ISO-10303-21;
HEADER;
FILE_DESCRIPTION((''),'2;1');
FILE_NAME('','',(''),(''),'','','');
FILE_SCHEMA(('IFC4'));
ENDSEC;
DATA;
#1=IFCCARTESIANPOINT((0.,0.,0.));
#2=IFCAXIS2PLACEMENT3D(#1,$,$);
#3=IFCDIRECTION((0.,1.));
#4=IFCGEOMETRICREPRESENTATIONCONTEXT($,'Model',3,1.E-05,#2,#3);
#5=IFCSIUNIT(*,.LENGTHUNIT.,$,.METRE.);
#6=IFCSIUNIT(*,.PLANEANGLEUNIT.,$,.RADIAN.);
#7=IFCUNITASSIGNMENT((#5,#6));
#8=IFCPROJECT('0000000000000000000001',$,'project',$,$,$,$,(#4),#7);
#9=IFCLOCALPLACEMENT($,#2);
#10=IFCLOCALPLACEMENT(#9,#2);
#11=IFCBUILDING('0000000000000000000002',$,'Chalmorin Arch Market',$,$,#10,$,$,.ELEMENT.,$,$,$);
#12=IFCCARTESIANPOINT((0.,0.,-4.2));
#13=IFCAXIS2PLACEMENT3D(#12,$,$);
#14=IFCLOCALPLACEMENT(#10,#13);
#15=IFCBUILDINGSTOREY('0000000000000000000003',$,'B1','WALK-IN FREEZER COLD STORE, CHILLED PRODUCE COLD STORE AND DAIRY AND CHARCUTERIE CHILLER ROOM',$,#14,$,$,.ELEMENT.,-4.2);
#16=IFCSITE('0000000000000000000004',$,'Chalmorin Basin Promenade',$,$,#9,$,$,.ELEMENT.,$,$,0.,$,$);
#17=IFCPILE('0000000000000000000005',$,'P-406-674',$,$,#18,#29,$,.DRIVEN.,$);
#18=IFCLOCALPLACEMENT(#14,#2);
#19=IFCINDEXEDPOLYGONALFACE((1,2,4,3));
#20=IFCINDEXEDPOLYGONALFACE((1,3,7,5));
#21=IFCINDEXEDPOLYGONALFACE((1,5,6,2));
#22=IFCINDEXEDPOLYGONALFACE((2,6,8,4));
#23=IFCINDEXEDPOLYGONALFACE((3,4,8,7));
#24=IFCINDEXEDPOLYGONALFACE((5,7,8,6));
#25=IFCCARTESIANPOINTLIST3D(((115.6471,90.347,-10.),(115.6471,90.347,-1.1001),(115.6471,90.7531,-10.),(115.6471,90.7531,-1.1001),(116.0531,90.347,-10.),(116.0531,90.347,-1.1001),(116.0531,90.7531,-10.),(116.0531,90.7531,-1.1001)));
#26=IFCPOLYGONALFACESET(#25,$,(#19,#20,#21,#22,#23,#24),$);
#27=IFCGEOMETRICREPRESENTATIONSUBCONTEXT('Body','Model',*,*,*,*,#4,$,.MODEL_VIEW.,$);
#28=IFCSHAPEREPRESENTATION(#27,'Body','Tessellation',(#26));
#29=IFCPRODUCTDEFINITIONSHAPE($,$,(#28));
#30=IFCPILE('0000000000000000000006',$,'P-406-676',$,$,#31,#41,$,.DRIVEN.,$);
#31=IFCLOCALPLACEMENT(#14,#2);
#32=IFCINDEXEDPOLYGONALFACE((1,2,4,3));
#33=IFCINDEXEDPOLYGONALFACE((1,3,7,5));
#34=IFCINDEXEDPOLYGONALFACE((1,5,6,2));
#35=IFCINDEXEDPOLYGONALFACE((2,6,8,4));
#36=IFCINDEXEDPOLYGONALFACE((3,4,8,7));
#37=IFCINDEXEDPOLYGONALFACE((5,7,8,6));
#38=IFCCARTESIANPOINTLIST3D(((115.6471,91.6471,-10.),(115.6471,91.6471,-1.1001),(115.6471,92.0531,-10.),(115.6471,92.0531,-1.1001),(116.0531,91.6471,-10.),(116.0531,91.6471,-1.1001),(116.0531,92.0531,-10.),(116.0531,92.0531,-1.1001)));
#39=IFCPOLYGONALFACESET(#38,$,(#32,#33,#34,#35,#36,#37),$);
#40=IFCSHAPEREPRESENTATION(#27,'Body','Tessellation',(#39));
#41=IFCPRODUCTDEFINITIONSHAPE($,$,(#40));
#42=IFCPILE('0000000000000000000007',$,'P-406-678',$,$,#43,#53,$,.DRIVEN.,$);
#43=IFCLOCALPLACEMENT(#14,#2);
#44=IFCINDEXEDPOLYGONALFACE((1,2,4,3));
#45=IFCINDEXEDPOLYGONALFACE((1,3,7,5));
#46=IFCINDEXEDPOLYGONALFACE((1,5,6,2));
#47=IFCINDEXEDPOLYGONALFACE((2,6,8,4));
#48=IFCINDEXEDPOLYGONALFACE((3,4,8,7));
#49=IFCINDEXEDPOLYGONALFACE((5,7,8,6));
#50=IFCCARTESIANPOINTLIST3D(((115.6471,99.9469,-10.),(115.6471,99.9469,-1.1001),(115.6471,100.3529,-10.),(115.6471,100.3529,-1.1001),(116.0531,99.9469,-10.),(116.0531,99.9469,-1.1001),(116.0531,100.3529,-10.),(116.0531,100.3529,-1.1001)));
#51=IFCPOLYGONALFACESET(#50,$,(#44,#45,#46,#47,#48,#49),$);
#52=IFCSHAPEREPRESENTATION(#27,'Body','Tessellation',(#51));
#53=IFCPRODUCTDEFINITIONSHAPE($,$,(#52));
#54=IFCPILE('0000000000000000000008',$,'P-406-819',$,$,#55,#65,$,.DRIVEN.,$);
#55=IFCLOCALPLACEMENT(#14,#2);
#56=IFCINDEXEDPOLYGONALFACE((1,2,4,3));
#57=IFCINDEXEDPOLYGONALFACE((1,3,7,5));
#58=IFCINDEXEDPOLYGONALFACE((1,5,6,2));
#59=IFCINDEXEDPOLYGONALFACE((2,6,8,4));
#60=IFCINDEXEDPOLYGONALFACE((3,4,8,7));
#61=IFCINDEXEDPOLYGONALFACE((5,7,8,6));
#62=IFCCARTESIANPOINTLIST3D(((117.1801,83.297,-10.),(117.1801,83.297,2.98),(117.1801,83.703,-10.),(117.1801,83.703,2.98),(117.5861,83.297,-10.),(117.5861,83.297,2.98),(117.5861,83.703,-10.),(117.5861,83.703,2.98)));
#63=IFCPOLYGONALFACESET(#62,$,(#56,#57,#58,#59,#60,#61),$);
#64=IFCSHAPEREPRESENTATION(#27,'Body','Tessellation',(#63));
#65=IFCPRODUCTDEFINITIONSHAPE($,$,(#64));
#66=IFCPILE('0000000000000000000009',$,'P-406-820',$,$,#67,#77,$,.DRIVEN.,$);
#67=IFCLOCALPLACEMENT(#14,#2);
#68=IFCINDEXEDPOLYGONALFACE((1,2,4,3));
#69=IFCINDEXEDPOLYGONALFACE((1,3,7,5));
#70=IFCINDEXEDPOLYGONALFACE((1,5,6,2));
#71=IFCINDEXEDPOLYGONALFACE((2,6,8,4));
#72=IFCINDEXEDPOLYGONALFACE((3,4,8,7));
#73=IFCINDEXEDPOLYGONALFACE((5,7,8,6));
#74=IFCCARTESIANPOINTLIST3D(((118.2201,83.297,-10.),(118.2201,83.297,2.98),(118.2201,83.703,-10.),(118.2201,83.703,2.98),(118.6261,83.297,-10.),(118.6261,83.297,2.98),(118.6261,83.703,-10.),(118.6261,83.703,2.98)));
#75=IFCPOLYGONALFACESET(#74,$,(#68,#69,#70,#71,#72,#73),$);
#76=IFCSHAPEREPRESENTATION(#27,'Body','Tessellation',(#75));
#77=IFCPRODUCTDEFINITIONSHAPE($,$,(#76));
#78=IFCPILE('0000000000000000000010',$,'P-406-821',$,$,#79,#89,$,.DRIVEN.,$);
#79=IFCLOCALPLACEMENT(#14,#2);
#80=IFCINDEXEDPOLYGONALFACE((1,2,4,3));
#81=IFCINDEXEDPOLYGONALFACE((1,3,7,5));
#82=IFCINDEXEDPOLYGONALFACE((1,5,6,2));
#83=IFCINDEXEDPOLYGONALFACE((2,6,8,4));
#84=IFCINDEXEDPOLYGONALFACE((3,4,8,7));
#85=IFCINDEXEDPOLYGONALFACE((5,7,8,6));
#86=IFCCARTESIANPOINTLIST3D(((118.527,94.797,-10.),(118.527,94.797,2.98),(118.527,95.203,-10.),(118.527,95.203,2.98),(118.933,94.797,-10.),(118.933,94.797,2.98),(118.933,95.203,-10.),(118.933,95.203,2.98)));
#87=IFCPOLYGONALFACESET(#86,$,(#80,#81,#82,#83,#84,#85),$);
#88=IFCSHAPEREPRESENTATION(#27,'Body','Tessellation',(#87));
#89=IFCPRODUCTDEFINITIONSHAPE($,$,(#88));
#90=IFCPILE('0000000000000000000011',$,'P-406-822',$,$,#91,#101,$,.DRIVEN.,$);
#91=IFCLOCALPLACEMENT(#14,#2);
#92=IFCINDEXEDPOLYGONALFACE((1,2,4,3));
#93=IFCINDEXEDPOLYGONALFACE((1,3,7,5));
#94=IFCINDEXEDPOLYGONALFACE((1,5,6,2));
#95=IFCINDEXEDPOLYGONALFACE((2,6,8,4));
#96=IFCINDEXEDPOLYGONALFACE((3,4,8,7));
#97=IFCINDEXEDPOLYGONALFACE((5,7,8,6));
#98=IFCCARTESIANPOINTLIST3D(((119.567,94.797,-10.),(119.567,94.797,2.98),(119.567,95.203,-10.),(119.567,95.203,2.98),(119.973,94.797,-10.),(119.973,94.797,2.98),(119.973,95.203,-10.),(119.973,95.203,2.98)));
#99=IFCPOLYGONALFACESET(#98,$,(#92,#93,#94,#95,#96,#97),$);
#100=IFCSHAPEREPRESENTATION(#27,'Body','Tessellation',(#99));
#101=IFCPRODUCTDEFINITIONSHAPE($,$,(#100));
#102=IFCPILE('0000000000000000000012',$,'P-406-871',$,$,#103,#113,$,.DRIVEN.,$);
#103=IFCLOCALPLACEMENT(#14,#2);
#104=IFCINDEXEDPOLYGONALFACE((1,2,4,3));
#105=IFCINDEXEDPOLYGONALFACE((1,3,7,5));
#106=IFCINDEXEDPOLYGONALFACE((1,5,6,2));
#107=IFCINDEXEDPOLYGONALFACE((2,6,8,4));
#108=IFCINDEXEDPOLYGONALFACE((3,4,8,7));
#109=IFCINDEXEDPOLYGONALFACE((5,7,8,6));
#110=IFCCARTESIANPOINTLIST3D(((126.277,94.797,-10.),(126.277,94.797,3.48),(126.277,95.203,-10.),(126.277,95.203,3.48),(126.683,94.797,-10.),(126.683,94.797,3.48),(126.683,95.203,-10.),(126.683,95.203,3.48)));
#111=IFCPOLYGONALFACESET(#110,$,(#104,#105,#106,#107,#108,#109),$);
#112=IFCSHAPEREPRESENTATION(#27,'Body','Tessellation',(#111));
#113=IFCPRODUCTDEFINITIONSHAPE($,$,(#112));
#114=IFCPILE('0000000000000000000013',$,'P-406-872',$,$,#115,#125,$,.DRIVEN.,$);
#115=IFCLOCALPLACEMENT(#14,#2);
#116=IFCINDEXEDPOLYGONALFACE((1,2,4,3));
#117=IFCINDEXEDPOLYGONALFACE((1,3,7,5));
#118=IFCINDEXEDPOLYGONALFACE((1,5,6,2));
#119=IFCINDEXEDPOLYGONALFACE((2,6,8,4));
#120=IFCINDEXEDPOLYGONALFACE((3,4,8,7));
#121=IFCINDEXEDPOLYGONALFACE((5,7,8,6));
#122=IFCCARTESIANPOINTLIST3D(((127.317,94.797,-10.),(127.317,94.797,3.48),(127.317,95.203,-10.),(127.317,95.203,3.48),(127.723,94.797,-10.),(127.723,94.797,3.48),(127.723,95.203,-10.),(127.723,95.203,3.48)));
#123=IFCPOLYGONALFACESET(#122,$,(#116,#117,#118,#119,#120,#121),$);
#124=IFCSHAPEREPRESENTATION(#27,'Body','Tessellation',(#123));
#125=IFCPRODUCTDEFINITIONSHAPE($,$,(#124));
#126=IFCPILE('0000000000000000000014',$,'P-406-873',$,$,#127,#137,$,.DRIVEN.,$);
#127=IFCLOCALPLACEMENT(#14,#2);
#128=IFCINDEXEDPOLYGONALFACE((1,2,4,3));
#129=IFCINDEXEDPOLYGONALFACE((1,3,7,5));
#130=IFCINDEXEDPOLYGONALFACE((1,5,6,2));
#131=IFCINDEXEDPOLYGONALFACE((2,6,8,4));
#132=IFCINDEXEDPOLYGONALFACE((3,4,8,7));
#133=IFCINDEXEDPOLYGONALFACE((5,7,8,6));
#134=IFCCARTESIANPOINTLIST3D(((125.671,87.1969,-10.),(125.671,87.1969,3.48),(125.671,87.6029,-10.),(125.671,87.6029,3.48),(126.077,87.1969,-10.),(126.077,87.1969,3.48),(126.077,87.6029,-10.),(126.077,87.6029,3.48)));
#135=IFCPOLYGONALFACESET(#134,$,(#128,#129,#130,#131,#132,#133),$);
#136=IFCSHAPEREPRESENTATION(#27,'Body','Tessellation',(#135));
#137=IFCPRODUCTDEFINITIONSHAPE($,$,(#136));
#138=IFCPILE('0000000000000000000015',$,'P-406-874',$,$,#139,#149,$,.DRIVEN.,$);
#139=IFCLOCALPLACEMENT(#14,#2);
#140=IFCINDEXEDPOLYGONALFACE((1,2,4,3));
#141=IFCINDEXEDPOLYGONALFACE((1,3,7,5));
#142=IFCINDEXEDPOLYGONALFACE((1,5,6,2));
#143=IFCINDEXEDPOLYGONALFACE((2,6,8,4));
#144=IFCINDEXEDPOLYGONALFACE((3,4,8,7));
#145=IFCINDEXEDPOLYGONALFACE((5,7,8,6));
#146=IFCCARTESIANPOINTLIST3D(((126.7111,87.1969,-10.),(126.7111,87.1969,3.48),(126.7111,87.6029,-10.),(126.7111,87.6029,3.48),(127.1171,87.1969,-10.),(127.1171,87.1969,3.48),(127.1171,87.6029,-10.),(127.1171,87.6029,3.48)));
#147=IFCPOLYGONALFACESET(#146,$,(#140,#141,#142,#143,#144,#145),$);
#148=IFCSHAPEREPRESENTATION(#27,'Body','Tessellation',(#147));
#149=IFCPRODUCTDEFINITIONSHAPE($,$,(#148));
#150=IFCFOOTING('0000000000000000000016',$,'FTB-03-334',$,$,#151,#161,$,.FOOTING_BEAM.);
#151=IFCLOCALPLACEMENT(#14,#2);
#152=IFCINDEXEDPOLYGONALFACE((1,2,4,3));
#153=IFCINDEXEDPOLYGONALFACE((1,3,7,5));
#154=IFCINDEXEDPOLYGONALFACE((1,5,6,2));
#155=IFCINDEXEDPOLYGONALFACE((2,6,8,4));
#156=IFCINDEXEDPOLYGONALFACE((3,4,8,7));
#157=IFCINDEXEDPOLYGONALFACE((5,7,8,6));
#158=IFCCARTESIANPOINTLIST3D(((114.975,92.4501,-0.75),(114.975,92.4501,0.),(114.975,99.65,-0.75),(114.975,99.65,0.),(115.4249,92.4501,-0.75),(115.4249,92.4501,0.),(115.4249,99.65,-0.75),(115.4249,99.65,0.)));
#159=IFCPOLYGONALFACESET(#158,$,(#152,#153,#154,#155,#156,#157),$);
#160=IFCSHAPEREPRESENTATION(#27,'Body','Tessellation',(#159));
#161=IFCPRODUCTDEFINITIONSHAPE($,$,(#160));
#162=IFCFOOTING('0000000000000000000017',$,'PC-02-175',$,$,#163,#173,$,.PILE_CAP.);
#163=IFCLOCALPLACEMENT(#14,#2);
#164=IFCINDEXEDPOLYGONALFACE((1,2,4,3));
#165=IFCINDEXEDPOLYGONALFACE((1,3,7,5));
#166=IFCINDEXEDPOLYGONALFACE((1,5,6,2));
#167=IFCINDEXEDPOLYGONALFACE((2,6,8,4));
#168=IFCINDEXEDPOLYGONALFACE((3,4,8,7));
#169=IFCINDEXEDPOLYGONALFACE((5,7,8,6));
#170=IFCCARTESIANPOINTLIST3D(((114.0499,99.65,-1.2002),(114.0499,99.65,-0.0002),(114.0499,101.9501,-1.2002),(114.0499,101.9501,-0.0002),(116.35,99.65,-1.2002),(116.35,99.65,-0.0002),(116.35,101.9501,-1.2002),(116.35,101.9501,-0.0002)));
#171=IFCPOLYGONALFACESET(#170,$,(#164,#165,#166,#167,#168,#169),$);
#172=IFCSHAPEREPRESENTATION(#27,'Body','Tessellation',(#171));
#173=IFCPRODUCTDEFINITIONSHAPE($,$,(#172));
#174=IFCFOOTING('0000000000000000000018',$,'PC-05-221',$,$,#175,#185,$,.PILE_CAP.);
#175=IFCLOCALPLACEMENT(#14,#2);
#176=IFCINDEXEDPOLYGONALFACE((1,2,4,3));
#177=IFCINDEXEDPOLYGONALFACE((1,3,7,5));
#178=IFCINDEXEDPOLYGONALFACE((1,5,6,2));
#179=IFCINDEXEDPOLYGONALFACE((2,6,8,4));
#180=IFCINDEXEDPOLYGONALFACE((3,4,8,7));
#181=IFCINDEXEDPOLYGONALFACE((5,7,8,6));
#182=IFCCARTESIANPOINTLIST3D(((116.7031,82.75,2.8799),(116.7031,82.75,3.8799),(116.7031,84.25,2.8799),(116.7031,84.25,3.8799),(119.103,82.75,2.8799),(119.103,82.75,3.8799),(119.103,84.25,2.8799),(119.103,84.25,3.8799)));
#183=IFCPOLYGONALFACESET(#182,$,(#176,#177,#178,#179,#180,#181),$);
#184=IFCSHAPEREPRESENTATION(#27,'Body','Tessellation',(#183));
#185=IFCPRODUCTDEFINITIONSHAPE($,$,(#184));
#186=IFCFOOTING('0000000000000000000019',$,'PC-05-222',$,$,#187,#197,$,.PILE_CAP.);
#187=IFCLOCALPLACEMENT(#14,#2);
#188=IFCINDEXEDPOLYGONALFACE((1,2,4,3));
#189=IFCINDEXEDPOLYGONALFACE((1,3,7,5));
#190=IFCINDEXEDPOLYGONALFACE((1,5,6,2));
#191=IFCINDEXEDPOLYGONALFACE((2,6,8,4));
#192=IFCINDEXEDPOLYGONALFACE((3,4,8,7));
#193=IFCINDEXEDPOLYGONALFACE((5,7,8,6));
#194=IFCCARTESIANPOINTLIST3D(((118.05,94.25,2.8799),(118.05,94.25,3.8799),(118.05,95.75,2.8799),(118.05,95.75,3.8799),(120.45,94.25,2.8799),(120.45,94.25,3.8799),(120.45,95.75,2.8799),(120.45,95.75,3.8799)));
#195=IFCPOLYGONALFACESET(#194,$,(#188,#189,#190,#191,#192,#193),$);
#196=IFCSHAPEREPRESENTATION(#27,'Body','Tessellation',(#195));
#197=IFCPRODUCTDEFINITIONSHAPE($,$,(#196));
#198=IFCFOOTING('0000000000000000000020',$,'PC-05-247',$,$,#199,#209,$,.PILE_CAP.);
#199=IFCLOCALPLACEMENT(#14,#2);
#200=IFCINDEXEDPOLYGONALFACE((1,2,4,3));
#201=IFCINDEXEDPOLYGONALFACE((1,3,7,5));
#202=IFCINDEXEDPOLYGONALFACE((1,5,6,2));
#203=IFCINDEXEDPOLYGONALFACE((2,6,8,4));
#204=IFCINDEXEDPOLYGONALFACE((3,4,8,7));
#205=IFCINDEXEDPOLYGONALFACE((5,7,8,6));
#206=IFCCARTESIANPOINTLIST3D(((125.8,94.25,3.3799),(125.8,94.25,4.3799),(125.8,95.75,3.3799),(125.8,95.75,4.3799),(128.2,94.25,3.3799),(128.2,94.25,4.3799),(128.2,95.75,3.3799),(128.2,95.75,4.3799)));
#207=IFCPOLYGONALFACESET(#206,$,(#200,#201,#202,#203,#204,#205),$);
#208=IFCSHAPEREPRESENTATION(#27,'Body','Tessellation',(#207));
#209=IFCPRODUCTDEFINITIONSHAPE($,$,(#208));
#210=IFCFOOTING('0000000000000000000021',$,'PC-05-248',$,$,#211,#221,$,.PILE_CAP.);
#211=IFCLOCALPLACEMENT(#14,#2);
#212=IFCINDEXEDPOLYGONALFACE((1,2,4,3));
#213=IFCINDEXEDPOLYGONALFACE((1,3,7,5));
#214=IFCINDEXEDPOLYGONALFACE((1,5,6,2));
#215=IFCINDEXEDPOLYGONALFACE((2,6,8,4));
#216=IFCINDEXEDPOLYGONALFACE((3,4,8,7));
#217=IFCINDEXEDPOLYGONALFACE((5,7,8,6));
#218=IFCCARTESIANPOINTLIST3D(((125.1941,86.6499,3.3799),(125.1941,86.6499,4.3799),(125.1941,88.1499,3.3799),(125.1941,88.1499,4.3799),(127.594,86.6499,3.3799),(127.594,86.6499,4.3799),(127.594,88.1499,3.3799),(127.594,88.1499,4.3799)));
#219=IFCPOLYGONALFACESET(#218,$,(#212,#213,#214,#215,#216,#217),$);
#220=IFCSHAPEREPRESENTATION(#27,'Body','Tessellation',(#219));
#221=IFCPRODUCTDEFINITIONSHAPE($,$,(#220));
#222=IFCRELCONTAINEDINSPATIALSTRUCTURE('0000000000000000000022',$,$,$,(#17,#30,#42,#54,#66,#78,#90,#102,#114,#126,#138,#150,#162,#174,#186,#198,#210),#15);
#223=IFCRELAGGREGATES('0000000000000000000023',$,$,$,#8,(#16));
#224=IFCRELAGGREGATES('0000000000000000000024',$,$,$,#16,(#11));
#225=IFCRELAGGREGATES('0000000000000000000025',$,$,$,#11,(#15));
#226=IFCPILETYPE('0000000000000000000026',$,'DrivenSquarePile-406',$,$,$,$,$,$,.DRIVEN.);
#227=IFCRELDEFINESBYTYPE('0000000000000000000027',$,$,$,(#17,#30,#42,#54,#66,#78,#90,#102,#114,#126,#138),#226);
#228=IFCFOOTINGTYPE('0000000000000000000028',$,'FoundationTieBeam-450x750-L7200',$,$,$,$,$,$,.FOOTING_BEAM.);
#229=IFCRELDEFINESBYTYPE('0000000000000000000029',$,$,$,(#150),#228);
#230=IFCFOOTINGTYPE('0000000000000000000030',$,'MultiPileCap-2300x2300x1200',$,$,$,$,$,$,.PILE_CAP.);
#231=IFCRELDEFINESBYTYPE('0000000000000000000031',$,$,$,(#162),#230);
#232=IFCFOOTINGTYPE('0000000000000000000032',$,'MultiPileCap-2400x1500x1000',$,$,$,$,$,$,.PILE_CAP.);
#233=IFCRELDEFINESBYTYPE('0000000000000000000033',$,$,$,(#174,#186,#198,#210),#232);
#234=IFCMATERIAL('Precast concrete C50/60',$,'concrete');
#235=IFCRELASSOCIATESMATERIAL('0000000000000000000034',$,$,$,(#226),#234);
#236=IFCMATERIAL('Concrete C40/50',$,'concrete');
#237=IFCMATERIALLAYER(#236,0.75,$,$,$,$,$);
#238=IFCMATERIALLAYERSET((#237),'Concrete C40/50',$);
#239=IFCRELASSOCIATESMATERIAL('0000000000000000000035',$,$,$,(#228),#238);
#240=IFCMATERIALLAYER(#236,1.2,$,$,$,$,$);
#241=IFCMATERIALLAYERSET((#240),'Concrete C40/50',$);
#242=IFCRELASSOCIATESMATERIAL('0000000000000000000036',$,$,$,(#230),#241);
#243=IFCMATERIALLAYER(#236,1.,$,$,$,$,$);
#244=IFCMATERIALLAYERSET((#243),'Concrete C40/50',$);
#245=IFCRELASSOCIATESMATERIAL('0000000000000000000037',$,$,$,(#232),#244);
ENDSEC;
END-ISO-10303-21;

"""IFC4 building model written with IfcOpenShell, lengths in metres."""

from ifc_helpers import new_model, si_unit, direction, frame, origin, origin_2d, place, context, subcontext, project, spatial, rectangle, extrude, material, layer, layer_set, material_profile, profile_set, type_object, element, save


model = new_model("IFC4")

# Units and contexts
model_context = context("Model", 3, precision=1e-05, world=origin(), true_north=direction((0.0, 1.0)))
body_context = subcontext(model_context, "Body", "Model", "MODEL_VIEW")
ifc_project = project(units=[si_unit("LENGTHUNIT", "METRE"), si_unit("PLANEANGLEUNIT", "RADIAN")], contexts=[model_context])

# Site, building, storey
site_placement = place(None, origin())
site = spatial("IfcSite", under=ifc_project, at=site_placement, Name="Chalmorin Basin Promenade", CompositionType="ELEMENT", RefElevation=0.0)
building_placement = place(site_placement, origin())
building = spatial("IfcBuilding", under=site, at=building_placement, Name="Chalmorin Arch Market", CompositionType="ELEMENT")
storey_placement = place(building_placement, frame((0.0, 0.0, -4.2)))
storey = spatial("IfcBuildingStorey", under=building, at=storey_placement, Name="B1", Description="WALK-IN FREEZER COLD STORE, CHILLED PRODUCE COLD STORE AND DAIRY AND CHARCUTERIE CHILLER ROOM", CompositionType="ELEMENT", Elevation=-4.2)

# Piles
ifc_material_1 = material(Name="Precast concrete C50/60", Category="concrete")
ifc_material_profile_1 = material_profile(ifc_material_1, rectangle(XDim=0.406, YDim=0.406, at=origin_2d()), Name="PPC406")
ifc_profile_set_1 = profile_set([ifc_material_profile_1], Name="Precast concrete C50/60")
pile_type = type_object("IfcPileType", Name="DrivenSquarePile-406", PredefinedType="DRIVEN", material=ifc_profile_set_1)
for number, where, z_axis, x_axis, name in (
    (1, (115.8501, 90.55, -1.1001), (0.0, 0.0, -1.0), (1.0, 0.0, 0.0), "P-406-674"),
    (2, (115.8501, 91.8501, -1.1001), (0.0, 0.0, -1.0), (1.0, 0.0, 0.0), "P-406-676"),
    (3, (115.8501, 100.1499, -1.1001), (0.0, 0.0, -1.0), (1.0, 0.0, 0.0), "P-406-678"),
):
    element("IfcPile", number, at=place(storey_placement, frame(where, z_axis=z_axis, x_axis=x_axis)), inside=storey, type_object=pile_type, Name=name, PredefinedType="DRIVEN", context=body_context, shape_type="SweptSolid", body=[
        extrude(rectangle(XDim=0.406, YDim=0.406, at=origin_2d()), origin(), (0.0, 0.0, 1.0), 8.8999),
    ])
for number, where, z_axis, x_axis, name in (
    (4, (117.3831, 83.5, 2.98), (0.0, 0.0, -1.0), (1.0, 0.0, 0.0), "P-406-819"),
    (5, (118.4231, 83.5, 2.98), (0.0, 0.0, -1.0), (1.0, 0.0, 0.0), "P-406-820"),
    (6, (118.73, 95.0, 2.98), (0.0, 0.0, -1.0), (1.0, 0.0, 0.0), "P-406-821"),
    (7, (119.77, 95.0, 2.98), (0.0, 0.0, -1.0), (1.0, 0.0, 0.0), "P-406-822"),
):
    element("IfcPile", number, at=place(storey_placement, frame(where, z_axis=z_axis, x_axis=x_axis)), inside=storey, type_object=pile_type, Name=name, PredefinedType="DRIVEN", context=body_context, shape_type="SweptSolid", body=[
        extrude(rectangle(XDim=0.406, YDim=0.406, at=origin_2d()), origin(), (0.0, 0.0, 1.0), 12.98),
    ])
for number, where, z_axis, x_axis, name in (
    (8, (126.48, 95.0, 3.48), (0.0, 0.0, -1.0), (1.0, 0.0, 0.0), "P-406-871"),
    (9, (127.52, 95.0, 3.48), (0.0, 0.0, -1.0), (1.0, 0.0, 0.0), "P-406-872"),
    (10, (125.874, 87.3999, 3.48), (0.0, 0.0, -1.0), (1.0, 0.0, 0.0), "P-406-873"),
    (11, (126.9141, 87.3999, 3.48), (0.0, 0.0, -1.0), (1.0, 0.0, 0.0), "P-406-874"),
):
    element("IfcPile", number, at=place(storey_placement, frame(where, z_axis=z_axis, x_axis=x_axis)), inside=storey, type_object=pile_type, Name=name, PredefinedType="DRIVEN", context=body_context, shape_type="SweptSolid", body=[
        extrude(rectangle(XDim=0.406, YDim=0.406, at=origin_2d()), origin(), (0.0, 0.0, 1.0), 13.48),
    ])

# Footings
ifc_material_2 = material(Name="Concrete C40/50", Category="concrete")
ifc_layer_1 = layer(ifc_material_2, 0.75)
ifc_layer_set_1 = layer_set([ifc_layer_1], Name="Concrete C40/50")
footing_type_1 = type_object("IfcFootingType", Name="FoundationTieBeam-450x750-L7200", PredefinedType="FOOTING_BEAM", material=ifc_layer_set_1)
footing_1_placement = place(storey_placement, frame((115.2, 96.05, -0.75), z_axis=(0.0, 0.0, 1.0), x_axis=(0.0, 1.0, 0.0)))
element("IfcFooting", 12, at=footing_1_placement, inside=storey, type_object=footing_type_1, Name="FTB-03-334", PredefinedType="FOOTING_BEAM", context=body_context, shape_type="SweptSolid", body=[
    extrude(rectangle(XDim=7.2, YDim=0.45, at=origin_2d()), origin(), (0.0, 0.0, 1.0), 0.75),
])
ifc_layer_2 = layer(ifc_material_2, 1.2)
ifc_layer_set_2 = layer_set([ifc_layer_2], Name="Concrete C40/50")
footing_type_2 = type_object("IfcFootingType", Name="MultiPileCap-2300x2300x1200", PredefinedType="PILE_CAP", material=ifc_layer_set_2)
footing_2_placement = place(storey_placement, frame((115.2, 100.8, -1.2002), z_axis=(0.0, 0.0, 1.0), x_axis=(1.0, 0.0, 0.0)))
element("IfcFooting", 13, at=footing_2_placement, inside=storey, type_object=footing_type_2, Name="PC-02-175", PredefinedType="PILE_CAP", context=body_context, shape_type="SweptSolid", body=[
    extrude(rectangle(XDim=2.3, YDim=2.3, at=origin_2d()), origin(), (0.0, 0.0, 1.0), 1.2),
])
ifc_layer_3 = layer(ifc_material_2, 1.0)
ifc_layer_set_3 = layer_set([ifc_layer_3], Name="Concrete C40/50")
footing_type_3 = type_object("IfcFootingType", Name="MultiPileCap-2400x1500x1000", PredefinedType="PILE_CAP", material=ifc_layer_set_3)
for number, where, z_axis, x_axis, name in (
    (14, (117.9031, 83.5, 2.8799), (0.0, 0.0, 1.0), (1.0, 0.0, 0.0), "PC-05-221"),
    (15, (119.25, 95.0, 2.8799), (0.0, 0.0, 1.0), (1.0, 0.0, 0.0), "PC-05-222"),
    (16, (127.0, 95.0, 3.3799), (0.0, 0.0, 1.0), (1.0, 0.0, 0.0), "PC-05-247"),
    (17, (126.394, 87.3999, 3.3799), (0.0, 0.0, 1.0), (1.0, 0.0, 0.0), "PC-05-248"),
):
    element("IfcFooting", number, at=place(storey_placement, frame(where, z_axis=z_axis, x_axis=x_axis)), inside=storey, type_object=footing_type_3, Name=name, PredefinedType="PILE_CAP", context=body_context, shape_type="SweptSolid", body=[
        extrude(rectangle(XDim=2.3999, YDim=1.5, at=origin_2d()), origin(), (0.0, 0.0, 1.0), 1.0),
    ])

save(model, "model.ifc")
